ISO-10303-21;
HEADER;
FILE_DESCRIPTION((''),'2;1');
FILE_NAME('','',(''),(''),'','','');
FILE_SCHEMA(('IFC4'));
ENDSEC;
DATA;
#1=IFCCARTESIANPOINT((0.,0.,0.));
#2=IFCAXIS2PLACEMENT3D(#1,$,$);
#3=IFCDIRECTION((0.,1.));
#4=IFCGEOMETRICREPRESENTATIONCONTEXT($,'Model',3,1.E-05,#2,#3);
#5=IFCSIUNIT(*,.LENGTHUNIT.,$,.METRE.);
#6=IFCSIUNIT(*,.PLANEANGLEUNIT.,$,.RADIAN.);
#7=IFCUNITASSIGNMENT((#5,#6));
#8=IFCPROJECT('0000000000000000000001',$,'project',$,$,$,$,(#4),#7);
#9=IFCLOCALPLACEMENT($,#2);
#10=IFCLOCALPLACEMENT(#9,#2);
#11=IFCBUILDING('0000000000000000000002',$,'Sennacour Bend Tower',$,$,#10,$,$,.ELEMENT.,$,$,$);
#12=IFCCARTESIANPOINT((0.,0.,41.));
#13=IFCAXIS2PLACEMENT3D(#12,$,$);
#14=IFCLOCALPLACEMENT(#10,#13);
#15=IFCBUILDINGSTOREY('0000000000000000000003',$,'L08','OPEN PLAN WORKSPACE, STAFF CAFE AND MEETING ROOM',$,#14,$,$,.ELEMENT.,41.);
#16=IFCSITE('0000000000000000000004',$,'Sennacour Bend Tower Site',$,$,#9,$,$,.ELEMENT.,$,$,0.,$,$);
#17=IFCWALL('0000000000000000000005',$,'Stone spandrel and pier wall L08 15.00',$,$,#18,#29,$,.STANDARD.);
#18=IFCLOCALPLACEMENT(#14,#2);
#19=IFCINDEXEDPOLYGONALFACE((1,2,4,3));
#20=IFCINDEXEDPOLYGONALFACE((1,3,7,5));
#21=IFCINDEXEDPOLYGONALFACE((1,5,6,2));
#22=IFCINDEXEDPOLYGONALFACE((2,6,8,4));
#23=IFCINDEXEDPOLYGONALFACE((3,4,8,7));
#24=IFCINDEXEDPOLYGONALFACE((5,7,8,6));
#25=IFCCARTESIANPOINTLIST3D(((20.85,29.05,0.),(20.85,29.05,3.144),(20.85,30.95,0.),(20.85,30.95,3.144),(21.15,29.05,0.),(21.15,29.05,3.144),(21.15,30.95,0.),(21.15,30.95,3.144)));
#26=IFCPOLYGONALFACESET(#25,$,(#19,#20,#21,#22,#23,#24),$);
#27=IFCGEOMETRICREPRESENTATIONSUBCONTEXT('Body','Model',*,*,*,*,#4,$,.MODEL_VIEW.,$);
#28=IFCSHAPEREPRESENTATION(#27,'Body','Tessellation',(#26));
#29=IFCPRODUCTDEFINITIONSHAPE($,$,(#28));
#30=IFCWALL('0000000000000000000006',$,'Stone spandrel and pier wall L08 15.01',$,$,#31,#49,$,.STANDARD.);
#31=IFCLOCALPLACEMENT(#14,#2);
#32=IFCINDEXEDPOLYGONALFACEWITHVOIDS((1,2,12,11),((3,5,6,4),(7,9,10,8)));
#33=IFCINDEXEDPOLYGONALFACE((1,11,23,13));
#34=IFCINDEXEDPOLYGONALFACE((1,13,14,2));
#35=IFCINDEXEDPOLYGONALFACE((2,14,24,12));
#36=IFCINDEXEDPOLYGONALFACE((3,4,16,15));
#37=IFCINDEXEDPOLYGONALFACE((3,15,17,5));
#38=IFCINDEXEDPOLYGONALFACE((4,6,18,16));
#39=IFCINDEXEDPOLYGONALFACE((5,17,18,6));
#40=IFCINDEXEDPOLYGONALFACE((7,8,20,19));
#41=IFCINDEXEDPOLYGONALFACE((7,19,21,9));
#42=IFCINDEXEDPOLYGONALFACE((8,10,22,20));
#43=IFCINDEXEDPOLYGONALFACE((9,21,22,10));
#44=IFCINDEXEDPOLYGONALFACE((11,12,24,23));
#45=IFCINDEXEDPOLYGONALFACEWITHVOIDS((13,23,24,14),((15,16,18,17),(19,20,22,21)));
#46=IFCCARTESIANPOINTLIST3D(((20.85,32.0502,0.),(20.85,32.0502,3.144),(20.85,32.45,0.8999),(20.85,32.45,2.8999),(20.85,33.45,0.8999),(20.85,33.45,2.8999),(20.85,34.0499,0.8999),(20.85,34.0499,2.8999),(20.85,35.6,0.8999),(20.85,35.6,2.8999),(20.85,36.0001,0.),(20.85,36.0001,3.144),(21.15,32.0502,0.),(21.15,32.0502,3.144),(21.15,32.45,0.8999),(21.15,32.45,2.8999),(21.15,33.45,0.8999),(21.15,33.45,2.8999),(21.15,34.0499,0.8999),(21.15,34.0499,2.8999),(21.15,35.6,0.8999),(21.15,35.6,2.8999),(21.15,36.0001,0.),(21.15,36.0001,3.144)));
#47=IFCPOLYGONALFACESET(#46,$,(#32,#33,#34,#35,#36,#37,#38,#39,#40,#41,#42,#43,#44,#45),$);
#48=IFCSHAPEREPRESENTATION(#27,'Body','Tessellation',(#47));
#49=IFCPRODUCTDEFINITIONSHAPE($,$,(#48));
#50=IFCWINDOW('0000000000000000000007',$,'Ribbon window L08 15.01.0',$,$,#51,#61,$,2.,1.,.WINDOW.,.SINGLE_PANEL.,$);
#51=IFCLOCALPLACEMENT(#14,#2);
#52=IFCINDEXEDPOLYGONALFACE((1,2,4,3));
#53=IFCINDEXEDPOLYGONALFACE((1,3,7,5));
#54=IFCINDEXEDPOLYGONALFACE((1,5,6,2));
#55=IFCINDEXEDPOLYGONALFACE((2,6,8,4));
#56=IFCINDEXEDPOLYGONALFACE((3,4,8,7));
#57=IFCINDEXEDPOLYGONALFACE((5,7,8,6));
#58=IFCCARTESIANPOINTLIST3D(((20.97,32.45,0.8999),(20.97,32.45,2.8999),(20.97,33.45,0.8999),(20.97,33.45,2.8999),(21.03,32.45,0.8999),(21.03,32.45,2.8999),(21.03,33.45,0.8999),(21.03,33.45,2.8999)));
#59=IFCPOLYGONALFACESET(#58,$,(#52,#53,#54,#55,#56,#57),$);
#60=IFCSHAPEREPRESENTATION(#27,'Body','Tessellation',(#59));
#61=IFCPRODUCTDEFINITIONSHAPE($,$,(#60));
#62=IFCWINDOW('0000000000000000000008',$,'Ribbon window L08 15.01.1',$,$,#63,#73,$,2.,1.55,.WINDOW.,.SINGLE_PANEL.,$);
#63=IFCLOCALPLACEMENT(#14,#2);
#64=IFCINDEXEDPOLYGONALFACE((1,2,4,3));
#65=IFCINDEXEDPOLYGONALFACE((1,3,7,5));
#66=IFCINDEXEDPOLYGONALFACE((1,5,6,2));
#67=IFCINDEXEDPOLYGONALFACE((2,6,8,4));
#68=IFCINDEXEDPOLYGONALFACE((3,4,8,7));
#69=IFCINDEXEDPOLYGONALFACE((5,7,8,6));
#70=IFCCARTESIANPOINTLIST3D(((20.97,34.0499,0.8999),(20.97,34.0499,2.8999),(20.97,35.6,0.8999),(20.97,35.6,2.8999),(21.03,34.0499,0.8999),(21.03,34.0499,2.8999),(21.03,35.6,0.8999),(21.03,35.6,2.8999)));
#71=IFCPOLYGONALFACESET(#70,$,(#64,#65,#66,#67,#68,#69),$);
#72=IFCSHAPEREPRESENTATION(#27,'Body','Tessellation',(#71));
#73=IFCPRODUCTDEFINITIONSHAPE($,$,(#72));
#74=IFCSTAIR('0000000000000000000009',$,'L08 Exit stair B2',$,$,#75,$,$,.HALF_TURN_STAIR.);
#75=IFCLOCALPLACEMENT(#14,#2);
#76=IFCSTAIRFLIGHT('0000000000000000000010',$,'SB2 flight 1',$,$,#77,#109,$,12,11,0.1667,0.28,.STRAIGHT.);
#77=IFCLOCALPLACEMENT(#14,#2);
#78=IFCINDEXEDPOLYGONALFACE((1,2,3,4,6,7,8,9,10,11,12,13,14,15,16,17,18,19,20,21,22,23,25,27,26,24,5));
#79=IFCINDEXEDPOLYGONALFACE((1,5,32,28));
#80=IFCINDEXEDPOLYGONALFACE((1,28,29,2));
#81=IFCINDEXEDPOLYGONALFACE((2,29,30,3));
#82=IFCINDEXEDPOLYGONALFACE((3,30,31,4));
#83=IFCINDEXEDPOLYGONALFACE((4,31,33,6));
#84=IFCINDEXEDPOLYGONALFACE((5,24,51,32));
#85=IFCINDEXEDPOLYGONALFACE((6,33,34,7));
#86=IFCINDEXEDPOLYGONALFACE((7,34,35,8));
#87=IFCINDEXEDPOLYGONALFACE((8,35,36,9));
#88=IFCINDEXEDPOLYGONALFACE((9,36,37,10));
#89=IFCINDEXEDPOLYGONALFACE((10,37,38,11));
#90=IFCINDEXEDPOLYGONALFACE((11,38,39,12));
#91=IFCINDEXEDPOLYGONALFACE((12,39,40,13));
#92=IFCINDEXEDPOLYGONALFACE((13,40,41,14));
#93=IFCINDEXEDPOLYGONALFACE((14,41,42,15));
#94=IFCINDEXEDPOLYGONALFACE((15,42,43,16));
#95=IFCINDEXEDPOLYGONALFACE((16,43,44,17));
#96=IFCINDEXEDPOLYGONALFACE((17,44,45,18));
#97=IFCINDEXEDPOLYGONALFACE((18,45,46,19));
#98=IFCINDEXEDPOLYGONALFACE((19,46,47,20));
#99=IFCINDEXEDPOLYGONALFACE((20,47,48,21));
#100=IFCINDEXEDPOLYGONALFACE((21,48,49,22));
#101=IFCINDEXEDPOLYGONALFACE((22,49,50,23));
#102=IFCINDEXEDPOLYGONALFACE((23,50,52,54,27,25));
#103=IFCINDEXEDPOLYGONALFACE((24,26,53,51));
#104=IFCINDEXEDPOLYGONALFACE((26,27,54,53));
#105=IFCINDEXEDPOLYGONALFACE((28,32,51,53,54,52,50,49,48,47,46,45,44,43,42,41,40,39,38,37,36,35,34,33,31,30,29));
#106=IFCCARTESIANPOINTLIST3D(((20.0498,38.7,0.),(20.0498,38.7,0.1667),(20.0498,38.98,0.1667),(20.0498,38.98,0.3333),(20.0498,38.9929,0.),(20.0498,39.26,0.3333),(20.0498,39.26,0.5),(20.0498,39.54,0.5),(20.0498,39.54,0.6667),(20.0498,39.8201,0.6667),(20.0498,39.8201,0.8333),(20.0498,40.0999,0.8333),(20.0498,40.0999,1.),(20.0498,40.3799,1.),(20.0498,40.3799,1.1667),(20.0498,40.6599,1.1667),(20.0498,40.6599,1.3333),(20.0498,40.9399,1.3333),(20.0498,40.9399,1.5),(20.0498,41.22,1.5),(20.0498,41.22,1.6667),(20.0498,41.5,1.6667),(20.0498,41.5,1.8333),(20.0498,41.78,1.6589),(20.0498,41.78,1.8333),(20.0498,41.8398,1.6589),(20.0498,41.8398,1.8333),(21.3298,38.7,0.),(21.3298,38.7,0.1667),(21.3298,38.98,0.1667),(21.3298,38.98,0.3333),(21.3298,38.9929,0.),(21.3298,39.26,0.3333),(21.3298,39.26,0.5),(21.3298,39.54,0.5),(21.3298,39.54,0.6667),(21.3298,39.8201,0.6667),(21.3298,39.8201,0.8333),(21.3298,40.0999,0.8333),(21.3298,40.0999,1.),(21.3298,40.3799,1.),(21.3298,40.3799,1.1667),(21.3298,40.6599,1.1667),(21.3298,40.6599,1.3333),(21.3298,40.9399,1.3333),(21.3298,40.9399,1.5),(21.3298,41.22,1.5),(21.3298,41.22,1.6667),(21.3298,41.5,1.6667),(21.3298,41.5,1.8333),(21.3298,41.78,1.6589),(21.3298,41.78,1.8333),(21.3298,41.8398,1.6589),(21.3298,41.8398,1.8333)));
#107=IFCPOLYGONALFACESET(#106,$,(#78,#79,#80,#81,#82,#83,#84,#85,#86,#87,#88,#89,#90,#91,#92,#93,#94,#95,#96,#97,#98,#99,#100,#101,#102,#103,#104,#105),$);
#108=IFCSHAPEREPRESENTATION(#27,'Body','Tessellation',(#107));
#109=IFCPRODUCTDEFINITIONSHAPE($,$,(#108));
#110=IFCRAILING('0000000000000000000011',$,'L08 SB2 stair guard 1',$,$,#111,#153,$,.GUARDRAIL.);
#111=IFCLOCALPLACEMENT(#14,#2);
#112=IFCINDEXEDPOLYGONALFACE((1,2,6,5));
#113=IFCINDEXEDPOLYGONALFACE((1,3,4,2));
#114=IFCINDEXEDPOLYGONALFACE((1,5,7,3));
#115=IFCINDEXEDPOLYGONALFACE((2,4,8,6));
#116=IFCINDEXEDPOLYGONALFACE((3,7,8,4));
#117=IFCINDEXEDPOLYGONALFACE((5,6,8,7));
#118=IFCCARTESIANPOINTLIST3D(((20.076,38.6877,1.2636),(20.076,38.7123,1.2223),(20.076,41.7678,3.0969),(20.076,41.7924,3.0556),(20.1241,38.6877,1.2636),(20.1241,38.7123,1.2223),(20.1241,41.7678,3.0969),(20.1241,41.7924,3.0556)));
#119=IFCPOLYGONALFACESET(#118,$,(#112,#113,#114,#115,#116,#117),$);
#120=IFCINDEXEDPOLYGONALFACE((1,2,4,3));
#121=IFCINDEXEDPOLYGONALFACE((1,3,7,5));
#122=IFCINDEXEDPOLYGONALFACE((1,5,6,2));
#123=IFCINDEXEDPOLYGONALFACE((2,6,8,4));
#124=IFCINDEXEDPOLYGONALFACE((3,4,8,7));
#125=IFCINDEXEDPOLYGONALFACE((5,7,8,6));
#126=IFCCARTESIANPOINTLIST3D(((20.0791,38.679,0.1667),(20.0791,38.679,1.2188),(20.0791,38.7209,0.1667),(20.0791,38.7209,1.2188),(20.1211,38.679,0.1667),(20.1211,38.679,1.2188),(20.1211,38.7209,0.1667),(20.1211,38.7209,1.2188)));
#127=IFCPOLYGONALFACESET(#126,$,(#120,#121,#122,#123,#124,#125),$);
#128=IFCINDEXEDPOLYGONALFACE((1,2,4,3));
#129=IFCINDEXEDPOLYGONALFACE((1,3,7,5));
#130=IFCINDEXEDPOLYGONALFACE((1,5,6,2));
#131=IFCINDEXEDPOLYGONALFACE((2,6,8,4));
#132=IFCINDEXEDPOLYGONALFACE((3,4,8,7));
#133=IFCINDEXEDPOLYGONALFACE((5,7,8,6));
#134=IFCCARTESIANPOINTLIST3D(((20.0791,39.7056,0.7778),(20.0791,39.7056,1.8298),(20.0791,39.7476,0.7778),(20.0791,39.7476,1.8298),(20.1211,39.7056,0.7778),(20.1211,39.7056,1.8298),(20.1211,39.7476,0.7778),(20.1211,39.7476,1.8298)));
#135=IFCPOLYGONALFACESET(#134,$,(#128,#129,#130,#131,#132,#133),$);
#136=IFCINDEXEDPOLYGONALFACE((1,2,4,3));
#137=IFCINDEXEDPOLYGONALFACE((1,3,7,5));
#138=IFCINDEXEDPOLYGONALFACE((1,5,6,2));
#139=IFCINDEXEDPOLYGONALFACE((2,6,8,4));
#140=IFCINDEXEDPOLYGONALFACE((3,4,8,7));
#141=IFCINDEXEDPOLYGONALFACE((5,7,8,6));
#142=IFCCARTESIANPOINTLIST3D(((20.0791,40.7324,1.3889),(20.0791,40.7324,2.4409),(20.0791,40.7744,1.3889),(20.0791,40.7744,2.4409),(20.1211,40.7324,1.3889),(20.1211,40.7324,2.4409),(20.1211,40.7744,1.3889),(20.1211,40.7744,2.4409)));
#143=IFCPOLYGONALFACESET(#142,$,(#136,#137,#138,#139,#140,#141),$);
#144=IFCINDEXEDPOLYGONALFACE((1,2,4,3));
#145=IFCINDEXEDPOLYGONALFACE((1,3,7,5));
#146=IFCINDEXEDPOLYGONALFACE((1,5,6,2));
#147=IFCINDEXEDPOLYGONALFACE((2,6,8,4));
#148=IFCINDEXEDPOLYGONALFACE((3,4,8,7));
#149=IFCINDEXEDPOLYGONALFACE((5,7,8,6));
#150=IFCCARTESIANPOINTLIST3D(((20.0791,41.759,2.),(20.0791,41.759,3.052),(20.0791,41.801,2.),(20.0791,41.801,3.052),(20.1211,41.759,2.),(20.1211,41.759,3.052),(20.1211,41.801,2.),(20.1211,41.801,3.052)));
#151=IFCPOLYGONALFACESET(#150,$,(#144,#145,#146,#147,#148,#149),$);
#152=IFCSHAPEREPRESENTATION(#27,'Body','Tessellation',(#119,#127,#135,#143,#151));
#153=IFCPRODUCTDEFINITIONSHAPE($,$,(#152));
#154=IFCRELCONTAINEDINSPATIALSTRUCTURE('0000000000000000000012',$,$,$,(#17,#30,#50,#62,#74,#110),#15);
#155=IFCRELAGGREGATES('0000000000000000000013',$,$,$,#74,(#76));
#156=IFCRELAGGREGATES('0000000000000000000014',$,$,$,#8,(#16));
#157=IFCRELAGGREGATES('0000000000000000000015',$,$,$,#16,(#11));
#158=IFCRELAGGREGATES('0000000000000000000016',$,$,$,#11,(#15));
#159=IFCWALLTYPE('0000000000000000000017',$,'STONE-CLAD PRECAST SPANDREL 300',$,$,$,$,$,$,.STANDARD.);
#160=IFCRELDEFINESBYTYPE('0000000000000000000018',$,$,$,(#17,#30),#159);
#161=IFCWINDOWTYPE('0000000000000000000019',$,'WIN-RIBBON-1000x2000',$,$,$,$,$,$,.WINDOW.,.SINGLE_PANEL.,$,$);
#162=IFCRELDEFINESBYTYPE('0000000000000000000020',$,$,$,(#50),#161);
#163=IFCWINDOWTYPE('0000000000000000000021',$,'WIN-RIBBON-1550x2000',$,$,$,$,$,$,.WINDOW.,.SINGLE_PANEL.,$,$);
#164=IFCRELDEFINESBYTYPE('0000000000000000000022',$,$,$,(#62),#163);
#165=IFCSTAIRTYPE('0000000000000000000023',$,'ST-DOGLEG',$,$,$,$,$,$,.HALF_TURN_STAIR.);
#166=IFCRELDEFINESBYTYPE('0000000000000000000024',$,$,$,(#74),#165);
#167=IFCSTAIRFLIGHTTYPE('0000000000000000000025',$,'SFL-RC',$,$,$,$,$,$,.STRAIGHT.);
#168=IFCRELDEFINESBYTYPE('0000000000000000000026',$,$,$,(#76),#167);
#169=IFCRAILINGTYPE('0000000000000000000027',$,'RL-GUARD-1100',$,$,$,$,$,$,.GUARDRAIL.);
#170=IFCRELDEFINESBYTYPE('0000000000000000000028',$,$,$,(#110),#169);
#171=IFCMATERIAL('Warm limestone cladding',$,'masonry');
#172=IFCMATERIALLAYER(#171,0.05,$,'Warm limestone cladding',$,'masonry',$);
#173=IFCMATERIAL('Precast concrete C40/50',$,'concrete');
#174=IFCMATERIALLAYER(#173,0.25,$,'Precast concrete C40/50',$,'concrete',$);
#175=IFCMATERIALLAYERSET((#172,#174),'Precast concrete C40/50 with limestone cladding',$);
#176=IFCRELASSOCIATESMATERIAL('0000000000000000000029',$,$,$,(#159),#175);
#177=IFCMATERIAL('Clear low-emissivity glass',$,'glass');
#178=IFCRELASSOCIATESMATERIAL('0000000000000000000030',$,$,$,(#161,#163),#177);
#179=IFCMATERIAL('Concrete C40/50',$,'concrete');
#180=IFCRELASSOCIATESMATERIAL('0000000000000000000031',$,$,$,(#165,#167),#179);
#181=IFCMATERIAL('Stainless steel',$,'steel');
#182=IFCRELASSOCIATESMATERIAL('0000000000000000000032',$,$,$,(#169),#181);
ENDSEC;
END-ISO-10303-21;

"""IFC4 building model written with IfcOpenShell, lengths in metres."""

from ifc_helpers import new_model, si_unit, direction, frame, frame_2d, origin, origin_2d, place, context, subcontext, project, spatial, polyline, rectangle, outline, extrude, material, layer, layer_set, type_object, element, fill, aggregate, save


model = new_model("IFC4")

# Units and contexts
model_context = context("Model", 3, precision=1e-05, world=origin(), true_north=direction((0.0, 1.0)))
body_context = subcontext(model_context, "Body", "Model", "MODEL_VIEW")
ifc_project = project(units=[si_unit("LENGTHUNIT", "METRE"), si_unit("PLANEANGLEUNIT", "RADIAN")], contexts=[model_context])

# Site, building, storey
site_placement = place(None, origin())
site = spatial("IfcSite", under=ifc_project, at=site_placement, Name="Sennacour Bend Tower Site", CompositionType="ELEMENT", RefElevation=0.0)
building_placement = place(site_placement, origin())
building = spatial("IfcBuilding", under=site, at=building_placement, Name="Sennacour Bend Tower", CompositionType="ELEMENT")
storey_placement = place(building_placement, frame((0.0, 0.0, 41.0)))
storey = spatial("IfcBuildingStorey", under=building, at=storey_placement, Name="L08", Description="OPEN PLAN WORKSPACE, STAFF CAFE AND MEETING ROOM", CompositionType="ELEMENT", Elevation=41.0)

# Wall
ifc_material_1 = material(Name="Warm limestone cladding", Category="masonry")
ifc_layer_1 = layer(ifc_material_1, 0.05, Name="Warm limestone cladding", Category="masonry")
ifc_material_2 = material(Name="Precast concrete C40/50", Category="concrete")
ifc_layer_2 = layer(ifc_material_2, 0.25, Name="Precast concrete C40/50", Category="concrete")
ifc_layer_set_1 = layer_set([ifc_layer_1, ifc_layer_2], Name="Precast concrete C40/50 with limestone cladding")
wall_type_1 = type_object("IfcWallType", Name="STONE-CLAD PRECAST SPANDREL 300", PredefinedType="STANDARD", material=ifc_layer_set_1)
wall_1_placement = place(storey_placement, frame((21.0, 29.05, 0.0), z_axis=(0.0, 0.0, 1.0), x_axis=(0.0, 1.0, 0.0)))
element("IfcWall", 1, at=wall_1_placement, inside=storey, type_object=wall_type_1, Name="Stone spandrel and pier wall L08 15.00", PredefinedType="STANDARD", context=body_context, shape_type="SweptSolid", body=[
    extrude(rectangle(XDim=1.8999, YDim=0.3, at=frame_2d((0.95, 0.0))), origin(), (0.0, 0.0, 1.0), 3.144),
])

# Wall, openings, windows
wall_2_placement = place(storey_placement, frame((21.0, 32.05, 0.0), z_axis=(0.0, 0.0, 1.0), x_axis=(0.0, 1.0, 0.0)))
wall_2 = element("IfcWall", 2, at=wall_2_placement, inside=storey, type_object=wall_type_1, Name="Stone spandrel and pier wall L08 15.01", PredefinedType="STANDARD", context=body_context, shape_type="SweptSolid", body=[
    extrude(rectangle(XDim=3.95, YDim=0.3, at=frame_2d((1.9751, 0.0))), origin(), (0.0, 0.0, 1.0), 3.144),
])
opening_1_placement = place(wall_2_placement, frame((0.3999, 0.0, 0.8999)))
opening_1 = element("IfcOpeningElement", 3, at=opening_1_placement, cuts=wall_2, PredefinedType="OPENING", context=body_context, shape_type="SweptSolid", body=[
    extrude(rectangle(XDim=1.0, YDim=2.0, at=frame_2d((0.5, 1.0))), frame((0.0, 0.1602, 0.0), z_axis=(0.0, -1.0, 0.0), x_axis=(1.0, 0.0, 0.0)), (0.0, 0.0, 1.0), 0.3201),
])
opening_2_placement = place(wall_2_placement, frame((2.0, 0.0, 0.8999)))
opening_2 = element("IfcOpeningElement", 4, at=opening_2_placement, cuts=wall_2, PredefinedType="OPENING", context=body_context, shape_type="SweptSolid", body=[
    extrude(rectangle(XDim=1.55, YDim=2.0, at=frame_2d((0.7749, 1.0))), frame((0.0, 0.1602, 0.0), z_axis=(0.0, -1.0, 0.0), x_axis=(1.0, 0.0, 0.0)), (0.0, 0.0, 1.0), 0.3201),
])
ifc_material_3 = material(Name="Clear low-emissivity glass", Category="glass")
window_type_1 = type_object("IfcWindowType", Name="WIN-RIBBON-1000x2000", PartitioningType="SINGLE_PANEL", PredefinedType="WINDOW", material=ifc_material_3)
window_1_placement = place(opening_1_placement, origin())
window_1 = element("IfcWindow", 5, at=window_1_placement, inside=storey, type_object=window_type_1, Name="Ribbon window L08 15.01.0", OverallHeight=2.0, OverallWidth=1.0, PartitioningType="SINGLE_PANEL", PredefinedType="WINDOW", context=body_context, shape_type="SweptSolid", body=[
    extrude(rectangle(XDim=1.0, YDim=2.0, at=frame_2d((0.5, 1.0))), frame((0.0, 0.03, 0.0), z_axis=(0.0, -1.0, 0.0), x_axis=(1.0, 0.0, 0.0)), (0.0, 0.0, 1.0), 0.0601),
])
fill(opening_1, window_1)
window_type_2 = type_object("IfcWindowType", Name="WIN-RIBBON-1550x2000", PartitioningType="SINGLE_PANEL", PredefinedType="WINDOW", material=ifc_material_3)
window_2_placement = place(opening_2_placement, origin())
window_2 = element("IfcWindow", 6, at=window_2_placement, inside=storey, type_object=window_type_2, Name="Ribbon window L08 15.01.1", OverallHeight=2.0, OverallWidth=1.55, PartitioningType="SINGLE_PANEL", PredefinedType="WINDOW", context=body_context, shape_type="SweptSolid", body=[
    extrude(rectangle(XDim=1.55, YDim=2.0, at=frame_2d((0.7749, 1.0))), frame((0.0, 0.03, 0.0), z_axis=(0.0, -1.0, 0.0), x_axis=(1.0, 0.0, 0.0)), (0.0, 0.0, 1.0), 0.0601),
])
fill(opening_2, window_2)

# Stair, stair flight
ifc_material_4 = material(Name="Concrete C40/50", Category="concrete")
stair_type = type_object("IfcStairType", Name="ST-DOGLEG", PredefinedType="HALF_TURN_STAIR", material=ifc_material_4)
stair_placement = place(storey_placement, origin())
stair = element("IfcStair", 7, at=stair_placement, inside=storey, type_object=stair_type, Name="L08 Exit stair B2", PredefinedType="HALF_TURN_STAIR")
stair_flight_type = type_object("IfcStairFlightType", Name="SFL-RC", PredefinedType="STRAIGHT", material=ifc_material_4)
stair_flight_placement = place(storey_placement, frame((20.6899, 38.7, 0.0), z_axis=(0.0, 0.0, 1.0), x_axis=(0.0, 1.0, 0.0)))
stair_flight = element("IfcStairFlight", 8, at=stair_flight_placement, type_object=stair_flight_type, Name="SB2 flight 1", NumberOfRisers=12, NumberOfTreads=11, PredefinedType="STRAIGHT", RiserHeight=0.1667, TreadLength=0.28, context=body_context, shape_type="SweptSolid", body=[
    extrude(outline(polyline([(0.0, 0.0), (0.0, 0.1667), (0.28, 0.1667), (0.28, 0.3333), (0.5601, 0.3333), (0.5601, 0.5), (0.8401, 0.5), (0.8401, 0.6667), (1.1201, 0.6667), (1.1201, 0.8333), (1.3999, 0.8333), (1.3999, 1.0), (1.6799, 1.0), (1.6799, 1.1667), (1.96, 1.1667), (1.96, 1.3333), (2.24, 1.3333), (2.24, 1.5), (2.52, 1.5), (2.52, 1.6667), (2.8, 1.6667), (2.8, 1.8333), (3.0801, 1.8333), (3.1399, 1.8333), (3.1399, 1.6589), (3.0801, 1.6589), (0.293, 0.0), (0.0, 0.0)])), frame((0.0, 0.6401, 0.0), z_axis=(0.0, -1.0, 0.0), x_axis=(1.0, 0.0, 0.0)), (0.0, 0.0, 1.0), 1.28),
])
aggregate(stair, [stair_flight])

# Railing
ifc_material_5 = material(Name="Stainless steel", Category="steel")
railing_type_1 = type_object("IfcRailingType", Name="RL-GUARD-1100", PredefinedType="GUARDRAIL", material=ifc_material_5)
railing_1_placement = place(storey_placement, frame((20.1001, 38.7, 0.1667)))
element("IfcRailing", 9, at=railing_1_placement, inside=storey, type_object=railing_type_1, Name="L08 SB2 stair guard 1", PredefinedType="GUARDRAIL", context=body_context, shape_type="SweptSolid", body=[
    extrude(rectangle(XDim=0.0481, YDim=0.0481, at=origin_2d()), frame((0.0, 0.0, 1.0762), z_axis=(0.0, 0.859309, 0.511458), x_axis=(-1.0, 0.0, 0.0)), (0.0, 0.0, 1.0), 3.5845),
    extrude(rectangle(XDim=0.042, YDim=0.042, at=origin_2d()), origin(), (0.0, 0.0, 1.0), 1.052),
    extrude(rectangle(XDim=0.042, YDim=0.042, at=origin_2d()), frame((0.0, 1.0266, 0.6111)), (0.0, 0.0, 1.0), 1.052),
    extrude(rectangle(XDim=0.042, YDim=0.042, at=origin_2d()), frame((0.0, 2.0535, 1.2222)), (0.0, 0.0, 1.0), 1.052),
    extrude(rectangle(XDim=0.042, YDim=0.042, at=origin_2d()), frame((0.0, 3.0801, 1.8333)), (0.0, 0.0, 1.0), 1.052),
])

save(model, "model.ifc")
